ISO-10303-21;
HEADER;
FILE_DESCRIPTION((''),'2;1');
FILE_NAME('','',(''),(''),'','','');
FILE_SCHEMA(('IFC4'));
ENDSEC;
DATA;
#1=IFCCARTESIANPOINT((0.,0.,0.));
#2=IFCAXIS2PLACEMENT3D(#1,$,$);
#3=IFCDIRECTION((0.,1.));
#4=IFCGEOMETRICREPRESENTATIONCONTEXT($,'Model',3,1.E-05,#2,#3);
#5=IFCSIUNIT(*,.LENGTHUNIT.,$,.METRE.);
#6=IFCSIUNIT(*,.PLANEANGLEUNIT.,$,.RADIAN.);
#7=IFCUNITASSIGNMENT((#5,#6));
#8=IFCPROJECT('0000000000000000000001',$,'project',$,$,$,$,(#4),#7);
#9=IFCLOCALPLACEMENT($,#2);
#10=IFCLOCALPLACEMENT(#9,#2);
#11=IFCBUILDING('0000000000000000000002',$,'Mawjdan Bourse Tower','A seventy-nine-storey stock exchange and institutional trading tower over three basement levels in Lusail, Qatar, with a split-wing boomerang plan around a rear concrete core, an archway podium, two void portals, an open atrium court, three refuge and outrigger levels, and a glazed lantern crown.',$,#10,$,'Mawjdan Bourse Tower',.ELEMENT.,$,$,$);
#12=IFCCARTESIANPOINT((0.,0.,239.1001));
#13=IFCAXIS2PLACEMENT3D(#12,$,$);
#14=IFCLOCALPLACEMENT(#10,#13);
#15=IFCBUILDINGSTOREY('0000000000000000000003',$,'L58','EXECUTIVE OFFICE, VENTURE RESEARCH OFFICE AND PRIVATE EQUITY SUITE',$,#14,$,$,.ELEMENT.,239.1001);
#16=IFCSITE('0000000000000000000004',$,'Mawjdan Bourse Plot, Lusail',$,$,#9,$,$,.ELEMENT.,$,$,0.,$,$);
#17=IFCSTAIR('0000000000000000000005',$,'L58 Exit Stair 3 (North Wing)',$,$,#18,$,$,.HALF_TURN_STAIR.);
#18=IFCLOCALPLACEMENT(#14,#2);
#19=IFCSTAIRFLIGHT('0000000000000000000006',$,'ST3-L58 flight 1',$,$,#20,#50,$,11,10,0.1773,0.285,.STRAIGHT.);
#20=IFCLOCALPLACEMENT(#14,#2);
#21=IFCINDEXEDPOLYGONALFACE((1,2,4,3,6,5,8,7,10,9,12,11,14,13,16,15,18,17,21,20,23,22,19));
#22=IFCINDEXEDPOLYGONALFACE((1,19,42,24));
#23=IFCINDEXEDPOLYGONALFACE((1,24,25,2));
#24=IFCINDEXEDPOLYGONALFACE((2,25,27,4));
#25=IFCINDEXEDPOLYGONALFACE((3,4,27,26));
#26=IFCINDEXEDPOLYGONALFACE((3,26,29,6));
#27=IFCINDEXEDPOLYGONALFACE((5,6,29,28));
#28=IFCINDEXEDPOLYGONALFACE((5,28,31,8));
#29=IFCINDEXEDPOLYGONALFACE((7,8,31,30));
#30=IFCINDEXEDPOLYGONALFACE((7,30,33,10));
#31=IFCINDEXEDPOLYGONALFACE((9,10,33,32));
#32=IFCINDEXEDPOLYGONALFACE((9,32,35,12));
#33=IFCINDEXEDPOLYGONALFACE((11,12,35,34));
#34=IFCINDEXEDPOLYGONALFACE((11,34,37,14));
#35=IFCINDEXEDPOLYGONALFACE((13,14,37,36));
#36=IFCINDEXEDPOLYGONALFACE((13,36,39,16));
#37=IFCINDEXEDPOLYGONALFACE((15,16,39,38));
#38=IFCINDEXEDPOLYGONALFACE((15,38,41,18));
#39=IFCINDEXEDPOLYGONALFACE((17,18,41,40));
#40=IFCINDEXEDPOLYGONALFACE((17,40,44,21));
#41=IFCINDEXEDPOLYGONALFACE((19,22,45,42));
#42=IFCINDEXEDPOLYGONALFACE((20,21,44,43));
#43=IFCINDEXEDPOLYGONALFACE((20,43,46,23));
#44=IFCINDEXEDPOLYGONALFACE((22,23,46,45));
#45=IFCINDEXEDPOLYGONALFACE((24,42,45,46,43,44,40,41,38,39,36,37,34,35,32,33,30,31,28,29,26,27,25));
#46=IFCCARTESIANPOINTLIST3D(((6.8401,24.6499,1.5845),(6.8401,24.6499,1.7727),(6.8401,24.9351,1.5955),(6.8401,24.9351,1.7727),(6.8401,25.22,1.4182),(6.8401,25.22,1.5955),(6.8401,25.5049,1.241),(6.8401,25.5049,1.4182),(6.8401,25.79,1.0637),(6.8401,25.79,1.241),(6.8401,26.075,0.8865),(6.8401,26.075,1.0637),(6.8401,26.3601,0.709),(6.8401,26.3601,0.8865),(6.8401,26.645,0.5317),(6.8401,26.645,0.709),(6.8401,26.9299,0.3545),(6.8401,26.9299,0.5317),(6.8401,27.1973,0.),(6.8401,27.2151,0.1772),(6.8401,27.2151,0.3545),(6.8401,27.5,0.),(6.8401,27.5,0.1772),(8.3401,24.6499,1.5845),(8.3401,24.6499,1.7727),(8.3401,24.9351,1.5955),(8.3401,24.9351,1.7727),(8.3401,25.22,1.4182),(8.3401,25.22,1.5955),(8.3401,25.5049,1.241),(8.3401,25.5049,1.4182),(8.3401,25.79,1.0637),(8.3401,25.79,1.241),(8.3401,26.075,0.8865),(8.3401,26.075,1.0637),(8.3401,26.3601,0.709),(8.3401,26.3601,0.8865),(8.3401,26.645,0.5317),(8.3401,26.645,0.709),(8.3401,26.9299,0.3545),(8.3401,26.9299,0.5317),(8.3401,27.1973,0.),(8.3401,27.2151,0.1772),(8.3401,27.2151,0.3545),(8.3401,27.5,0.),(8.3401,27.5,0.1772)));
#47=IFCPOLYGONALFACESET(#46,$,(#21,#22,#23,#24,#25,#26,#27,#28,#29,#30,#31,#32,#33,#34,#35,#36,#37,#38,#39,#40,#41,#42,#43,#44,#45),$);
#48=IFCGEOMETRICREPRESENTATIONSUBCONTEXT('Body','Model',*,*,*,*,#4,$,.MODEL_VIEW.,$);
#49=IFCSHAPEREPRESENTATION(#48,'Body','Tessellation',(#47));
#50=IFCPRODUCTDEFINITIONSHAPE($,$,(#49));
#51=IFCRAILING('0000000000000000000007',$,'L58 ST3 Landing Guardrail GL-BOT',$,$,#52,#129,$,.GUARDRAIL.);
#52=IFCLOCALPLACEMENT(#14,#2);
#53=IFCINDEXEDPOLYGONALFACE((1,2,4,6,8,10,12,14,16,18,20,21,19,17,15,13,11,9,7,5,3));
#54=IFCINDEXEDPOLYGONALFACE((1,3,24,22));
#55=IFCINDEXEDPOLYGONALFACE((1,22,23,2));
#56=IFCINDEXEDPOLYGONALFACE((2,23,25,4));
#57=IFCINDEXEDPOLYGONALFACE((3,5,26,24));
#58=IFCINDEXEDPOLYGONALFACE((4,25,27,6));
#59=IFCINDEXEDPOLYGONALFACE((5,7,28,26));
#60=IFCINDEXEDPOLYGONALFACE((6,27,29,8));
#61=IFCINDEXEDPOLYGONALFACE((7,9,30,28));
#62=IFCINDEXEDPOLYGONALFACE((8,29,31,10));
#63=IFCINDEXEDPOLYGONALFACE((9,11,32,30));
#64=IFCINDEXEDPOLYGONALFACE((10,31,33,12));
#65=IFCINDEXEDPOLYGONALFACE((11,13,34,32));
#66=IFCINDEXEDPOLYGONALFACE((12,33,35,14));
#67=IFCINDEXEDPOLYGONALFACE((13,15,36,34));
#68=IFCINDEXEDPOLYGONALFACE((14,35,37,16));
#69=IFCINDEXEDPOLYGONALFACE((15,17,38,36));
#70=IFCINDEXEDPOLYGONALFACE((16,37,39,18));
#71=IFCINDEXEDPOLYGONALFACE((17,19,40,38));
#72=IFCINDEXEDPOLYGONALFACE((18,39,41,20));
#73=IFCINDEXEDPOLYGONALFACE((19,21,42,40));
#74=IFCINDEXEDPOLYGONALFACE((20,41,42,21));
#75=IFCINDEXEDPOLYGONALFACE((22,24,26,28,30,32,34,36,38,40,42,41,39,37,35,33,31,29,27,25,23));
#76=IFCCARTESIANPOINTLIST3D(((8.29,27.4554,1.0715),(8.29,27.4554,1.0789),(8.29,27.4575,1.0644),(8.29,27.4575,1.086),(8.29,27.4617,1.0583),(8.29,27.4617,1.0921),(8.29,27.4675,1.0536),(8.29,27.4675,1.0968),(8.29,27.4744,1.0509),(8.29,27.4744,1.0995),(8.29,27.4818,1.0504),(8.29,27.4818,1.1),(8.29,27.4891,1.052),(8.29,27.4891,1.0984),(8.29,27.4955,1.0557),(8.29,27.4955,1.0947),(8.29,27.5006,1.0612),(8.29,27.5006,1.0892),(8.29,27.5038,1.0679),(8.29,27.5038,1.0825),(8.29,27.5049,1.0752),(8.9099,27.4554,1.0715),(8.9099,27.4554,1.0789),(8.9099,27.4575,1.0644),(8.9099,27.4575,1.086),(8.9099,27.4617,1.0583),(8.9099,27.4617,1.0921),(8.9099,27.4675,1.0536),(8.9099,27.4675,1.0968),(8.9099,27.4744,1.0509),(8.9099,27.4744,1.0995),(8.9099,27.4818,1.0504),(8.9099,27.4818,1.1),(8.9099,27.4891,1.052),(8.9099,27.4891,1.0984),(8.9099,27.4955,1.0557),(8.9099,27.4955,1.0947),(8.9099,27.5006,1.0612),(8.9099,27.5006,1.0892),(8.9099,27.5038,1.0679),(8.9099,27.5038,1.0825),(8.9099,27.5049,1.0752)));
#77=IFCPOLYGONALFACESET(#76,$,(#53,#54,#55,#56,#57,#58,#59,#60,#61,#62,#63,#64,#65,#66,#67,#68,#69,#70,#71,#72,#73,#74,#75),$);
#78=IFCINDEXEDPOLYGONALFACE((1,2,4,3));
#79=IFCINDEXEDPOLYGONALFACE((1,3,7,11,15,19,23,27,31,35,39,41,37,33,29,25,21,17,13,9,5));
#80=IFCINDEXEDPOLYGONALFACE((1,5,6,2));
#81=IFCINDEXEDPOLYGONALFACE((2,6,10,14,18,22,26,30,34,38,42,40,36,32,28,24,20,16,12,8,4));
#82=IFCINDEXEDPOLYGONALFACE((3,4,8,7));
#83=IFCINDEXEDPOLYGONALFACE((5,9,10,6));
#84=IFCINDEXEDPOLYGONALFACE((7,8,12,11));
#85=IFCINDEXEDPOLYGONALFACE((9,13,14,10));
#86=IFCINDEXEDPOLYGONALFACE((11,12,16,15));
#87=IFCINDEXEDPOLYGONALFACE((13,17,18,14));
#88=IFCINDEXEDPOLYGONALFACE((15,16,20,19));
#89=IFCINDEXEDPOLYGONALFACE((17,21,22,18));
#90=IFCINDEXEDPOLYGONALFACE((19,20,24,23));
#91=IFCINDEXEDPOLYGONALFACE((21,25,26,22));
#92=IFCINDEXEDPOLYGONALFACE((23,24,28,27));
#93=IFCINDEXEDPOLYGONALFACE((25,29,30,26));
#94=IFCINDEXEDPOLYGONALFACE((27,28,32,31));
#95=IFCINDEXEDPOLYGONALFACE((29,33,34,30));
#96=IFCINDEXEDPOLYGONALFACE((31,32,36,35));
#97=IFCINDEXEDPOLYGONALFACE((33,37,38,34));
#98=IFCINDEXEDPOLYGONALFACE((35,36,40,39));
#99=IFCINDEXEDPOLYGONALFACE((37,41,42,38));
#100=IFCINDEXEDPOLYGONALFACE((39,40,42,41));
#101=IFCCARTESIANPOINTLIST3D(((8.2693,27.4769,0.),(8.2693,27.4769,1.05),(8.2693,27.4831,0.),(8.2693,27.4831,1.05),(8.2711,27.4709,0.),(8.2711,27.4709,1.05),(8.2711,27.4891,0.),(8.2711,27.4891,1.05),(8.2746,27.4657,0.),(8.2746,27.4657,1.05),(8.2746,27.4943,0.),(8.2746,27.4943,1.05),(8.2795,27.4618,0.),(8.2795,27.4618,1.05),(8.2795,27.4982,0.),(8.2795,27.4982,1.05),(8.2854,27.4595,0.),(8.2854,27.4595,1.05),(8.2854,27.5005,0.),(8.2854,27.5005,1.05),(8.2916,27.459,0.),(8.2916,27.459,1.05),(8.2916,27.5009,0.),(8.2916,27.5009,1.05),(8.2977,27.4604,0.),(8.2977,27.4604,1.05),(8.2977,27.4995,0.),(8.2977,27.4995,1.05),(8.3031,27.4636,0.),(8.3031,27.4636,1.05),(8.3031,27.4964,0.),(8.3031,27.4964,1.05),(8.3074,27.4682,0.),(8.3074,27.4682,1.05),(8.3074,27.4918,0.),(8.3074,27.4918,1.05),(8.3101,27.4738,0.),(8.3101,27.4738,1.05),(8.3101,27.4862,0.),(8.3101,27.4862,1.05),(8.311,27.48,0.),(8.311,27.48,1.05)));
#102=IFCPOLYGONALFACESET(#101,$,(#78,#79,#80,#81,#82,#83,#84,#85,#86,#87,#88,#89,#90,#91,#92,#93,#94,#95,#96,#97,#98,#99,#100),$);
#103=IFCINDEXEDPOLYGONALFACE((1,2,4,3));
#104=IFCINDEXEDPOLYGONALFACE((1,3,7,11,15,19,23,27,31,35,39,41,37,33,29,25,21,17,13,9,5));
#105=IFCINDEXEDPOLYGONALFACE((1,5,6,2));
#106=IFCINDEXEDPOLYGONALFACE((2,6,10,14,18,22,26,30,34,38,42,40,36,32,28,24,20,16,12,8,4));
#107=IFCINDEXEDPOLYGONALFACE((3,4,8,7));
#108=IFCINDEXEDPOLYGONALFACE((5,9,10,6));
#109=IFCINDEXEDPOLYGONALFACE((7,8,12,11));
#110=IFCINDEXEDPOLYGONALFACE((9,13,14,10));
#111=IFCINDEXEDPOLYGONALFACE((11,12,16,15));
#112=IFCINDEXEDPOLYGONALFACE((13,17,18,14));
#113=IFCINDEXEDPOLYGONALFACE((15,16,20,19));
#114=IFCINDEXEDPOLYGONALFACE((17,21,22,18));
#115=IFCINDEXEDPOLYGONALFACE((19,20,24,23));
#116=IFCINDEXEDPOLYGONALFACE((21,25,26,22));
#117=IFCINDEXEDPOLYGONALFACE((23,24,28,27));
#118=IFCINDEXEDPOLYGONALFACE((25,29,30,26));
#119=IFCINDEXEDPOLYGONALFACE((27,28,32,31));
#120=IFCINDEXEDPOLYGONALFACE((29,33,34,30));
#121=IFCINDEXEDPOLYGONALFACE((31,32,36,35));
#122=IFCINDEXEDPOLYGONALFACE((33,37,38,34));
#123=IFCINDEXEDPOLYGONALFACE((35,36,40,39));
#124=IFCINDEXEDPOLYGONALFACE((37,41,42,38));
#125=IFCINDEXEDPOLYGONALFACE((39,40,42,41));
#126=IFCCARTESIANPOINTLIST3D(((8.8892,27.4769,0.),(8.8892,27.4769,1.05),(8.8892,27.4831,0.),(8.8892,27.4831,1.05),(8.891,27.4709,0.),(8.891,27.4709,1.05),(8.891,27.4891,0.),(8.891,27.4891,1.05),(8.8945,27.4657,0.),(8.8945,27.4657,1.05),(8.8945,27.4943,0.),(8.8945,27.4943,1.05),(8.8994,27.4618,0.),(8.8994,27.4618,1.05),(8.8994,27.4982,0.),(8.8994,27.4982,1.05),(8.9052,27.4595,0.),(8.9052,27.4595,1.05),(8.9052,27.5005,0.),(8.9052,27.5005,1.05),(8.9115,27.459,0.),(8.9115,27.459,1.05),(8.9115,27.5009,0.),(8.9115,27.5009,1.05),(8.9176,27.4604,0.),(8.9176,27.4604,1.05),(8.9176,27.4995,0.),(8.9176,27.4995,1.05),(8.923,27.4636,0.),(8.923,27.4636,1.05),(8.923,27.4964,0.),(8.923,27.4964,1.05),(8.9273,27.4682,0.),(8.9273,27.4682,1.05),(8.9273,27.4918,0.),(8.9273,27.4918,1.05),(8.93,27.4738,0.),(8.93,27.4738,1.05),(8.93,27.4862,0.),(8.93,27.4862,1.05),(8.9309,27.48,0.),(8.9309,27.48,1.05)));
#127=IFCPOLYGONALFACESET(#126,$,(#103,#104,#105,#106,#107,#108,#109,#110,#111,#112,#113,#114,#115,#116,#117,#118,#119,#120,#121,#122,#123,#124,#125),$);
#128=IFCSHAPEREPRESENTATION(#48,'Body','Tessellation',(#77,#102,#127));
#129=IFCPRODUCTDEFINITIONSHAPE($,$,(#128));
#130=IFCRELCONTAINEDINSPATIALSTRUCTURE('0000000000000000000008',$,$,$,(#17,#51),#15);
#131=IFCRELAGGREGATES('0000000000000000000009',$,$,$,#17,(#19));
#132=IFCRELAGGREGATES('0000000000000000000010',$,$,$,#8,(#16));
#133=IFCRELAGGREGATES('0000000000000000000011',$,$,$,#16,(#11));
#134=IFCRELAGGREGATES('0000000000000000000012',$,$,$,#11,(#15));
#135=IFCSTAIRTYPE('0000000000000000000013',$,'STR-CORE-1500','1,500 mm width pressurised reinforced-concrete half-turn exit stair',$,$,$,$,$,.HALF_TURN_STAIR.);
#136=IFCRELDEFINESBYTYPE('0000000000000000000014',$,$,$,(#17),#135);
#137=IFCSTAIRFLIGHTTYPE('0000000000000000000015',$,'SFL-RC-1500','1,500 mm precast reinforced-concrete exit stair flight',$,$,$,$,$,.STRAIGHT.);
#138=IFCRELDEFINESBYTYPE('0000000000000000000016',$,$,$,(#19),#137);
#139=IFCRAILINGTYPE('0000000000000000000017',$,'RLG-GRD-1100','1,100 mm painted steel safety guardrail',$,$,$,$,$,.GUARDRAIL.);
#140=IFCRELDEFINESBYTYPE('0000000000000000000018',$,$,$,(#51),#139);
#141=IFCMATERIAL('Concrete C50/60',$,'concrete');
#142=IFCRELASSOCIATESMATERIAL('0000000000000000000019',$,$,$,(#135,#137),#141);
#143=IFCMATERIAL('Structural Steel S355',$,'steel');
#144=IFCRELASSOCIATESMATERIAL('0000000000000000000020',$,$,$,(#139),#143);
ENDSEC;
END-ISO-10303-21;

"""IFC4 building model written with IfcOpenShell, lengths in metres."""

from ifc_helpers import new_model, si_unit, direction, frame, origin, origin_2d, place, context, subcontext, project, spatial, polyline, circle, outline, extrude, material, type_object, element, aggregate, save


model = new_model("IFC4")

# Units and contexts
model_context = context("Model", 3, precision=1e-05, world=origin(), true_north=direction((0.0, 1.0)))
body_context = subcontext(model_context, "Body", "Model", "MODEL_VIEW")
ifc_project = project(units=[si_unit("LENGTHUNIT", "METRE"), si_unit("PLANEANGLEUNIT", "RADIAN")], contexts=[model_context])

# Site, building, storey
site_placement = place(None, origin())
site = spatial("IfcSite", under=ifc_project, at=site_placement, Name="Mawjdan Bourse Plot, Lusail", CompositionType="ELEMENT", RefElevation=0.0)
building_placement = place(site_placement, origin())
building = spatial("IfcBuilding", under=site, at=building_placement, Name="Mawjdan Bourse Tower", Description="A seventy-nine-storey stock exchange and institutional trading tower over three basement levels in Lusail, Qatar, with a split-wing boomerang plan around a rear concrete core, an archway podium, two void portals, an open atrium court, three refuge and outrigger levels, and a glazed lantern crown.", LongName="Mawjdan Bourse Tower", CompositionType="ELEMENT")
storey_placement = place(building_placement, frame((0.0, 0.0, 239.1001)))
storey = spatial("IfcBuildingStorey", under=building, at=storey_placement, Name="L58", Description="EXECUTIVE OFFICE, VENTURE RESEARCH OFFICE AND PRIVATE EQUITY SUITE", CompositionType="ELEMENT", Elevation=239.1001)

# Shared definitions
ifc_material_1 = material(Name="Structural Steel S355", Category="steel")

# Shared definitions
ifc_material_2 = material(Name="Concrete C50/60", Category="concrete")

# Stair, stair flight
stair_type = type_object("IfcStairType", Name="STR-CORE-1500", Description="1,500 mm width pressurised reinforced-concrete half-turn exit stair", PredefinedType="HALF_TURN_STAIR", material=ifc_material_2)
stair_placement = place(storey_placement, origin())
stair = element("IfcStair", 1, at=stair_placement, inside=storey, type_object=stair_type, Name="L58 Exit Stair 3 (North Wing)", PredefinedType="HALF_TURN_STAIR")
stair_flight_type = type_object("IfcStairFlightType", Name="SFL-RC-1500", Description="1,500 mm precast reinforced-concrete exit stair flight", PredefinedType="STRAIGHT", material=ifc_material_2)
stair_flight_placement = place(storey_placement, frame((7.5901, 27.5, 0.0), z_axis=(0.0, 0.0, 1.0), x_axis=(0.0, -1.0, 0.0)))
stair_flight = element("IfcStairFlight", 2, at=stair_flight_placement, type_object=stair_flight_type, Name="ST3-L58 flight 1", NumberOfRisers=11, NumberOfTreads=10, PredefinedType="STRAIGHT", RiserHeight=0.1773, TreadLength=0.285, context=body_context, shape_type="SweptSolid", body=[
    extrude(outline(polyline([(0.0, 0.0), (0.0, 0.1772), (0.2849, 0.1772), (0.2849, 0.3545), (0.5701, 0.3545), (0.5701, 0.5317), (0.855, 0.5317), (0.855, 0.709), (1.1399, 0.709), (1.1399, 0.8865), (1.425, 0.8865), (1.425, 1.0637), (1.71, 1.0637), (1.71, 1.241), (1.9951, 1.241), (1.9951, 1.4182), (2.28, 1.4182), (2.28, 1.5955), (2.5649, 1.5955), (2.5649, 1.7727), (2.8501, 1.7727), (2.8501, 1.95), (2.8501, 1.5845), (0.3027, 0.0), (0.0, 0.0)])), frame((0.0, 0.75, 0.0), z_axis=(0.0, -1.0, 0.0), x_axis=(1.0, 0.0, 0.0)), (0.0, 0.0, 1.0), 1.5),
])
aggregate(stair, [stair_flight])

# Railing
railing_type_1 = type_object("IfcRailingType", Name="RLG-GRD-1100", Description="1,100 mm painted steel safety guardrail", PredefinedType="GUARDRAIL", material=ifc_material_1)
railing_1_placement = place(storey_placement, frame((8.29, 27.48, 0.0)))
element("IfcRailing", 3, at=railing_1_placement, inside=storey, type_object=railing_type_1, Name="L58 ST3 Landing Guardrail GL-BOT", PredefinedType="GUARDRAIL", context=body_context, shape_type="SweptSolid", body=[
    extrude(circle(Radius=0.0249, at=origin_2d()), frame((0.0, 0.0, 1.0752), z_axis=(1.0, 0.0, 0.0), x_axis=(0.0, 1.0, 0.0)), (0.0, 0.0, 1.0), 0.6199),
    extrude(circle(Radius=0.021, at=origin_2d()), origin(), (0.0, 0.0, 1.0), 1.05),
    extrude(circle(Radius=0.021, at=origin_2d()), frame((0.6199, 0.0, 0.0)), (0.0, 0.0, 1.0), 1.05),
])

save(model, "model.ifc")
